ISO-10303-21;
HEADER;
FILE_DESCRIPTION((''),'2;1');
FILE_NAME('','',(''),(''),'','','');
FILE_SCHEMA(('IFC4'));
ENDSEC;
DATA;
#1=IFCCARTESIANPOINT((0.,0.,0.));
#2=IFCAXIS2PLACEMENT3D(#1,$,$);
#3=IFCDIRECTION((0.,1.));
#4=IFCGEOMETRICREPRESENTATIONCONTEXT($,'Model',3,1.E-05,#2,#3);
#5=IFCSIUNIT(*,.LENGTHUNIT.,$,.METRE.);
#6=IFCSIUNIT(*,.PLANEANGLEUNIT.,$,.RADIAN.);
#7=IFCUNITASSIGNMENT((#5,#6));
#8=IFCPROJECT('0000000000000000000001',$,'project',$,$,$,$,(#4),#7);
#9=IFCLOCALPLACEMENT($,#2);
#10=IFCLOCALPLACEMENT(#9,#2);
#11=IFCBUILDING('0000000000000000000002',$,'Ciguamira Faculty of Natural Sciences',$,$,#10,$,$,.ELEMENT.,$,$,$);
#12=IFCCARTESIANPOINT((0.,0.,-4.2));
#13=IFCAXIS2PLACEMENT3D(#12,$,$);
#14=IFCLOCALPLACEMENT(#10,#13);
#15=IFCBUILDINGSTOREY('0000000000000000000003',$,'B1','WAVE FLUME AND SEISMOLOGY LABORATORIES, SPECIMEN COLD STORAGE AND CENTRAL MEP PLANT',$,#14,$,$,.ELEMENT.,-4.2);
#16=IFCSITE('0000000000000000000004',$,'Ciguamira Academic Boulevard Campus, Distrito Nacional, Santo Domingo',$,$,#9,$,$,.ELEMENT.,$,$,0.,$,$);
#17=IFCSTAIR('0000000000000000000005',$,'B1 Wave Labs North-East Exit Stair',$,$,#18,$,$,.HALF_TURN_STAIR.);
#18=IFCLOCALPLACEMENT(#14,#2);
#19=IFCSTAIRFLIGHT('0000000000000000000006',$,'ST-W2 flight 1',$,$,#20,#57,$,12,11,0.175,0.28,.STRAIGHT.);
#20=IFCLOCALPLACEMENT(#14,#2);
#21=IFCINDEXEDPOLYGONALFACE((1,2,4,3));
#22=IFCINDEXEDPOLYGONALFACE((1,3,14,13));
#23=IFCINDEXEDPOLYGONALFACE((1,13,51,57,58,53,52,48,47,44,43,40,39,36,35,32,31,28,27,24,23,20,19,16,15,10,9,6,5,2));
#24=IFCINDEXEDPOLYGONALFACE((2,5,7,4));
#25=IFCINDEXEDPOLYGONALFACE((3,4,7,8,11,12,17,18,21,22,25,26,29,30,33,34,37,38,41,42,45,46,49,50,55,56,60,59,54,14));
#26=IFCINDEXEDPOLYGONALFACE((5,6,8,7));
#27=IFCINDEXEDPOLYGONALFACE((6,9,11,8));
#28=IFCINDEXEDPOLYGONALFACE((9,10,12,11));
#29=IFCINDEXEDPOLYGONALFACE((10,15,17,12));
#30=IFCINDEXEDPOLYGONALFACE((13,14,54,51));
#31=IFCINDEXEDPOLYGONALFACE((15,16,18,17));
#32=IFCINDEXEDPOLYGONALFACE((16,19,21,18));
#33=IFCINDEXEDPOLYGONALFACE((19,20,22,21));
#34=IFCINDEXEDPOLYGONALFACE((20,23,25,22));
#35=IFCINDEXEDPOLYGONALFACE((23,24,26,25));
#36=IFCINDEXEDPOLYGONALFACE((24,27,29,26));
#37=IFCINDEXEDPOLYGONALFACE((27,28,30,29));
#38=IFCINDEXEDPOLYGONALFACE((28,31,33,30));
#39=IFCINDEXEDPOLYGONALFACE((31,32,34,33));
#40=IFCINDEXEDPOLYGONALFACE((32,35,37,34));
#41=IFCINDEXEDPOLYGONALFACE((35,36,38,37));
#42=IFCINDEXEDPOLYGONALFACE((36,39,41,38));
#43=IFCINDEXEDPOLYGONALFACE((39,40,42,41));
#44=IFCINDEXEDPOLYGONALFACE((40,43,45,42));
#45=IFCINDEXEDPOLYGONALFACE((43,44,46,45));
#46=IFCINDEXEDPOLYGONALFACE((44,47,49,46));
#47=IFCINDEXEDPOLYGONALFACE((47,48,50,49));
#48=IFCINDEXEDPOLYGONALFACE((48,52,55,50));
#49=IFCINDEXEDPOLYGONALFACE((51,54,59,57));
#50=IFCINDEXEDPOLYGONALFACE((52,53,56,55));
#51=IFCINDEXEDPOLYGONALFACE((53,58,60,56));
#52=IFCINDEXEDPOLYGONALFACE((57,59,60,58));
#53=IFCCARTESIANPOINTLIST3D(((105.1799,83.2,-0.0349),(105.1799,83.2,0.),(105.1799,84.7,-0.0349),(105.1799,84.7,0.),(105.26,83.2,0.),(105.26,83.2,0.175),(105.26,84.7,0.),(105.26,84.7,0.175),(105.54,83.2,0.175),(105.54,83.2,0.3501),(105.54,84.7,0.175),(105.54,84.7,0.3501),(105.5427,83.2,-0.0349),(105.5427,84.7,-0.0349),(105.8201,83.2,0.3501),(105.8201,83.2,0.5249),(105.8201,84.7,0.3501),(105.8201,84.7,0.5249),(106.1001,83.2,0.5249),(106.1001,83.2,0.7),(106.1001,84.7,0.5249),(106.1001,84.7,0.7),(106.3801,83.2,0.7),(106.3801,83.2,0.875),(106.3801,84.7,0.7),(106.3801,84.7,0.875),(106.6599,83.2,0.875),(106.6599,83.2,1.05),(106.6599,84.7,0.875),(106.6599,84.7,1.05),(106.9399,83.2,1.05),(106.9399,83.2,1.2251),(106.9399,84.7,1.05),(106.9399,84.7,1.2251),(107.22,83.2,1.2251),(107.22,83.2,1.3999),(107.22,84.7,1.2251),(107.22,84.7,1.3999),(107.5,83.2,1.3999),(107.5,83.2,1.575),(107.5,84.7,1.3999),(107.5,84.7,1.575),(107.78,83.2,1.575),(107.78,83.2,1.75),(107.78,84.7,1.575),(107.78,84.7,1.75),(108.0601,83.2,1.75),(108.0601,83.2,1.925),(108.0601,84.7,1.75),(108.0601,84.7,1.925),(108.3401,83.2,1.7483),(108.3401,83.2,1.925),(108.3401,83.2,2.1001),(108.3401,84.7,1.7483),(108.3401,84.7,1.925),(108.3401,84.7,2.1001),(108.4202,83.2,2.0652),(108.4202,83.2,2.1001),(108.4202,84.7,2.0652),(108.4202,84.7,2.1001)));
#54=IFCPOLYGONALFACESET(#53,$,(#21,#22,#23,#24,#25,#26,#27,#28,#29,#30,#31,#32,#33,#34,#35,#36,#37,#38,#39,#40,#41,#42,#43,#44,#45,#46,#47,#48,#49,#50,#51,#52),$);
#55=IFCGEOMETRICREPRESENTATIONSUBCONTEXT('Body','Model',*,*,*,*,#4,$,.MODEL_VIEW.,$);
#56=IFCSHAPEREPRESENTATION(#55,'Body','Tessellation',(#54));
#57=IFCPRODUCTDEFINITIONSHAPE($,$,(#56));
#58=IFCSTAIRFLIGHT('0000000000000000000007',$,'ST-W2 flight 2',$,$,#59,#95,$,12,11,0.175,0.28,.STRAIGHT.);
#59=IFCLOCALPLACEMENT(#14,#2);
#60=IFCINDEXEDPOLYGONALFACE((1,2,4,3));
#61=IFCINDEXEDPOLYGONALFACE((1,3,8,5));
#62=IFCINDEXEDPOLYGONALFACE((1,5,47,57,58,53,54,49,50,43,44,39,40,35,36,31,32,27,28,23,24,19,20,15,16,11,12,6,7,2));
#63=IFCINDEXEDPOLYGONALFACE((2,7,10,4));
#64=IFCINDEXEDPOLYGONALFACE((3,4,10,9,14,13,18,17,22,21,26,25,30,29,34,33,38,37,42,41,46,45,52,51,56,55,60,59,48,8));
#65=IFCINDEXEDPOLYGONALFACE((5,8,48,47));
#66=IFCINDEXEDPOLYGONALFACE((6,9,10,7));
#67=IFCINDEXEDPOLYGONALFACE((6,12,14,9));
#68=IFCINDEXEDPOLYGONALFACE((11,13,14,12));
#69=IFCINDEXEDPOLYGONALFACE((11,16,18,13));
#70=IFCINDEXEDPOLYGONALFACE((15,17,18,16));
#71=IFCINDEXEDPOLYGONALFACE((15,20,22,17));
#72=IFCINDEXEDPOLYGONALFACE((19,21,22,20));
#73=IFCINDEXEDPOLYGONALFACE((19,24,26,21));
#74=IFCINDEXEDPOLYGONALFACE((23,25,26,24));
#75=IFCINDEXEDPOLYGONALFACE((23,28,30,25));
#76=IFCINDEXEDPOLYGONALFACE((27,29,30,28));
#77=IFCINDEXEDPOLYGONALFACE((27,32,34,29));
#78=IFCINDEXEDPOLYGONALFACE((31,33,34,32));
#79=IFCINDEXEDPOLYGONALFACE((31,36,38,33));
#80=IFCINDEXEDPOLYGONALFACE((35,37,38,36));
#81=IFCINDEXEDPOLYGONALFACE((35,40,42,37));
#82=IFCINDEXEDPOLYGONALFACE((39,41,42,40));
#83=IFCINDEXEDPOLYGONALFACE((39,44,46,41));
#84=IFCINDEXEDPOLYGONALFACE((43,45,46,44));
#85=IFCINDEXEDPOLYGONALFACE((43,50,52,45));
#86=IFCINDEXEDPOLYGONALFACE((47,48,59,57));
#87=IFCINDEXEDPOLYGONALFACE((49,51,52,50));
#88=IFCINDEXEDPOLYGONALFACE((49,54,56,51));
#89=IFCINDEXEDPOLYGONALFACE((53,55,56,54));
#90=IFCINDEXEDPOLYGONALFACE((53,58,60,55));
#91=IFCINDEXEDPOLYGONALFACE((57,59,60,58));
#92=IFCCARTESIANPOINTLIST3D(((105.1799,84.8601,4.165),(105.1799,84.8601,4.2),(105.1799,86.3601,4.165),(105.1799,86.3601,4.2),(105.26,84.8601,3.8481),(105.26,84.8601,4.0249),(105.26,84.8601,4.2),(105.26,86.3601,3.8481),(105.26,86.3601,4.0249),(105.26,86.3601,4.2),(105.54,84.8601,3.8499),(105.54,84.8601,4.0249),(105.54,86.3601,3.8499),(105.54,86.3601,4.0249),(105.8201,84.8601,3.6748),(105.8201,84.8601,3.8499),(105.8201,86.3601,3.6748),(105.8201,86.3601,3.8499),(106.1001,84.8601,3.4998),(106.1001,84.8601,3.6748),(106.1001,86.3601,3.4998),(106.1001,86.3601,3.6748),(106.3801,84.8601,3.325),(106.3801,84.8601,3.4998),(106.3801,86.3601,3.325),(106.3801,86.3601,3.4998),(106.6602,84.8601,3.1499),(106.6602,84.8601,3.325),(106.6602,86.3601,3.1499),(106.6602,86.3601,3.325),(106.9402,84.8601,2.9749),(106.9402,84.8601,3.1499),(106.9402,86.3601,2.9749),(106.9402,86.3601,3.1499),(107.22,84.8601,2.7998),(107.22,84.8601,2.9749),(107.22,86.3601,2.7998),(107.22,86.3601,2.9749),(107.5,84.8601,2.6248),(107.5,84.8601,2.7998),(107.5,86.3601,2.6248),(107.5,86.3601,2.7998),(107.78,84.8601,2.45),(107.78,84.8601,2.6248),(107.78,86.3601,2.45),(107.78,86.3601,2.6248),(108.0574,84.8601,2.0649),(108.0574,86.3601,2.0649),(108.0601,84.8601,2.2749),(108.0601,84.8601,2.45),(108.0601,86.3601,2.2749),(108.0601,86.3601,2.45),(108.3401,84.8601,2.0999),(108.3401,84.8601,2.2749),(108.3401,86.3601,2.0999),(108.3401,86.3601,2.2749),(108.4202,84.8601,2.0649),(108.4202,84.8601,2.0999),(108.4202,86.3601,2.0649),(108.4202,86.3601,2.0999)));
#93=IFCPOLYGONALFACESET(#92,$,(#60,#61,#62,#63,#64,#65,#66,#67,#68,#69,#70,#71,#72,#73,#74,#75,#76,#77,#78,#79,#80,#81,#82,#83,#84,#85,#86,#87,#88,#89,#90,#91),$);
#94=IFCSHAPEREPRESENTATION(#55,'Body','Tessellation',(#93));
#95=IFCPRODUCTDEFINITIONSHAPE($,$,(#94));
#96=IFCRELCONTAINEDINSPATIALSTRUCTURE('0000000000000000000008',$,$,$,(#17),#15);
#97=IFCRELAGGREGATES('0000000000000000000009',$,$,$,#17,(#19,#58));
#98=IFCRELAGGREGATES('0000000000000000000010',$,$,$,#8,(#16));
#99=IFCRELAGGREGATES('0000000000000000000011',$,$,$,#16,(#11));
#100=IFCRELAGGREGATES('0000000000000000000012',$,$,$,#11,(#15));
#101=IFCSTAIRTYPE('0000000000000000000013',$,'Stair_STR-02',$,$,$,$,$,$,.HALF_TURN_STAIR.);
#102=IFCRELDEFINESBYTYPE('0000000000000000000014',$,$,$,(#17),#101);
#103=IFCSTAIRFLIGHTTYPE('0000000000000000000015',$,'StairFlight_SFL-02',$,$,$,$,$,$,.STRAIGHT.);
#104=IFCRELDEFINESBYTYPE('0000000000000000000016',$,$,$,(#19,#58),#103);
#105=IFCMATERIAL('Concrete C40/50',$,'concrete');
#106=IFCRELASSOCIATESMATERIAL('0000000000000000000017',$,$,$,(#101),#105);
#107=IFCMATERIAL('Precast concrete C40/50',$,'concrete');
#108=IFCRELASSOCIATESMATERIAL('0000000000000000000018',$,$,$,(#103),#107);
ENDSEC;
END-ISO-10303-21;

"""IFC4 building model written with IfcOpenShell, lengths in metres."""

from ifc_helpers import new_model, si_unit, direction, frame, origin, place, context, subcontext, project, spatial, polyline, outline, extrude, material, type_object, element, aggregate, save


model = new_model("IFC4")

# Units and contexts
model_context = context("Model", 3, precision=1e-05, world=origin(), true_north=direction((0.0, 1.0)))
body_context = subcontext(model_context, "Body", "Model", "MODEL_VIEW")
ifc_project = project(units=[si_unit("LENGTHUNIT", "METRE"), si_unit("PLANEANGLEUNIT", "RADIAN")], contexts=[model_context])

# Site, building, storey
site_placement = place(None, origin())
site = spatial("IfcSite", under=ifc_project, at=site_placement, Name="Ciguamira Academic Boulevard Campus, Distrito Nacional, Santo Domingo", CompositionType="ELEMENT", RefElevation=0.0)
building_placement = place(site_placement, origin())
building = spatial("IfcBuilding", under=site, at=building_placement, Name="Ciguamira Faculty of Natural Sciences", CompositionType="ELEMENT")
storey_placement = place(building_placement, frame((0.0, 0.0, -4.2)))
storey = spatial("IfcBuildingStorey", under=building, at=storey_placement, Name="B1", Description="WAVE FLUME AND SEISMOLOGY LABORATORIES, SPECIMEN COLD STORAGE AND CENTRAL MEP PLANT", CompositionType="ELEMENT", Elevation=-4.2)

# Shared definitions
ifc_material_1 = material(Name="Concrete C40/50", Category="concrete")

# Stair, stair flights
stair_type = type_object("IfcStairType", Name="Stair_STR-02", PredefinedType="HALF_TURN_STAIR", material=ifc_material_1)
stair_placement = place(storey_placement, origin())
stair = element("IfcStair", 1, at=stair_placement, inside=storey, type_object=stair_type, Name="B1 Wave Labs North-East Exit Stair", PredefinedType="HALF_TURN_STAIR")
ifc_material_2 = material(Name="Precast concrete C40/50", Category="concrete")
stair_flight_type = type_object("IfcStairFlightType", Name="StairFlight_SFL-02", PredefinedType="STRAIGHT", material=ifc_material_2)
stair_flight_1_placement = place(storey_placement, frame((105.26, 83.95, 0.0), z_axis=(0.0, 0.0, 1.0), x_axis=(1.0, 0.0, 0.0)))
stair_flight_1 = element("IfcStairFlight", 2, at=stair_flight_1_placement, type_object=stair_flight_type, Name="ST-W2 flight 1", NumberOfRisers=12, NumberOfTreads=11, PredefinedType="STRAIGHT", RiserHeight=0.175, TreadLength=0.28, context=body_context, shape_type="SweptSolid", body=[
    extrude(outline(polyline([(-0.0801, -0.0349), (-0.0801, 0.0), (0.0, 0.0), (0.0, 0.175), (0.28, 0.175), (0.28, 0.3501), (0.5601, 0.3501), (0.5601, 0.5249), (0.8401, 0.5249), (0.8401, 0.7), (1.1201, 0.7), (1.1201, 0.875), (1.3999, 0.875), (1.3999, 1.05), (1.6799, 1.05), (1.6799, 1.2251), (1.96, 1.2251), (1.96, 1.3999), (2.24, 1.3999), (2.24, 1.575), (2.52, 1.575), (2.52, 1.75), (2.8, 1.75), (2.8, 1.925), (3.0801, 1.925), (3.0801, 2.1001), (3.1602, 2.1001), (3.1602, 2.0652), (3.0801, 1.7483), (0.2827, -0.0349), (-0.0801, -0.0349)])), frame((0.0, 0.75, 0.0), z_axis=(0.0, -1.0, 0.0), x_axis=(1.0, 0.0, 0.0)), (0.0, 0.0, 1.0), 1.5),
])
stair_flight_2_placement = place(storey_placement, frame((108.3401, 85.6101, 2.0999), z_axis=(0.0, 0.0, 1.0), x_axis=(-1.0, 0.0, 0.0)))
stair_flight_2 = element("IfcStairFlight", 3, at=stair_flight_2_placement, type_object=stair_flight_type, Name="ST-W2 flight 2", NumberOfRisers=12, NumberOfTreads=11, PredefinedType="STRAIGHT", RiserHeight=0.175, TreadLength=0.28, context=body_context, shape_type="SweptSolid", body=[
    extrude(outline(polyline([(-0.0801, -0.0349), (-0.0801, 0.0), (0.0, 0.0), (0.0, 0.175), (0.28, 0.175), (0.28, 0.3501), (0.5601, 0.3501), (0.5601, 0.5249), (0.8401, 0.5249), (0.8401, 0.7), (1.1201, 0.7), (1.1201, 0.875), (1.3999, 0.875), (1.3999, 1.05), (1.6799, 1.05), (1.6799, 1.2251), (1.96, 1.2251), (1.96, 1.3999), (2.24, 1.3999), (2.24, 1.575), (2.52, 1.575), (2.52, 1.75), (2.8, 1.75), (2.8, 1.925), (3.0801, 1.925), (3.0801, 2.1001), (3.1602, 2.1001), (3.1602, 2.0652), (3.0801, 1.7483), (0.2827, -0.0349), (-0.0801, -0.0349)])), frame((0.0, 0.75, 0.0), z_axis=(0.0, -1.0, 0.0), x_axis=(1.0, 0.0, 0.0)), (0.0, 0.0, 1.0), 1.5),
])
aggregate(stair, [stair_flight_1, stair_flight_2])

save(model, "model.ifc")
